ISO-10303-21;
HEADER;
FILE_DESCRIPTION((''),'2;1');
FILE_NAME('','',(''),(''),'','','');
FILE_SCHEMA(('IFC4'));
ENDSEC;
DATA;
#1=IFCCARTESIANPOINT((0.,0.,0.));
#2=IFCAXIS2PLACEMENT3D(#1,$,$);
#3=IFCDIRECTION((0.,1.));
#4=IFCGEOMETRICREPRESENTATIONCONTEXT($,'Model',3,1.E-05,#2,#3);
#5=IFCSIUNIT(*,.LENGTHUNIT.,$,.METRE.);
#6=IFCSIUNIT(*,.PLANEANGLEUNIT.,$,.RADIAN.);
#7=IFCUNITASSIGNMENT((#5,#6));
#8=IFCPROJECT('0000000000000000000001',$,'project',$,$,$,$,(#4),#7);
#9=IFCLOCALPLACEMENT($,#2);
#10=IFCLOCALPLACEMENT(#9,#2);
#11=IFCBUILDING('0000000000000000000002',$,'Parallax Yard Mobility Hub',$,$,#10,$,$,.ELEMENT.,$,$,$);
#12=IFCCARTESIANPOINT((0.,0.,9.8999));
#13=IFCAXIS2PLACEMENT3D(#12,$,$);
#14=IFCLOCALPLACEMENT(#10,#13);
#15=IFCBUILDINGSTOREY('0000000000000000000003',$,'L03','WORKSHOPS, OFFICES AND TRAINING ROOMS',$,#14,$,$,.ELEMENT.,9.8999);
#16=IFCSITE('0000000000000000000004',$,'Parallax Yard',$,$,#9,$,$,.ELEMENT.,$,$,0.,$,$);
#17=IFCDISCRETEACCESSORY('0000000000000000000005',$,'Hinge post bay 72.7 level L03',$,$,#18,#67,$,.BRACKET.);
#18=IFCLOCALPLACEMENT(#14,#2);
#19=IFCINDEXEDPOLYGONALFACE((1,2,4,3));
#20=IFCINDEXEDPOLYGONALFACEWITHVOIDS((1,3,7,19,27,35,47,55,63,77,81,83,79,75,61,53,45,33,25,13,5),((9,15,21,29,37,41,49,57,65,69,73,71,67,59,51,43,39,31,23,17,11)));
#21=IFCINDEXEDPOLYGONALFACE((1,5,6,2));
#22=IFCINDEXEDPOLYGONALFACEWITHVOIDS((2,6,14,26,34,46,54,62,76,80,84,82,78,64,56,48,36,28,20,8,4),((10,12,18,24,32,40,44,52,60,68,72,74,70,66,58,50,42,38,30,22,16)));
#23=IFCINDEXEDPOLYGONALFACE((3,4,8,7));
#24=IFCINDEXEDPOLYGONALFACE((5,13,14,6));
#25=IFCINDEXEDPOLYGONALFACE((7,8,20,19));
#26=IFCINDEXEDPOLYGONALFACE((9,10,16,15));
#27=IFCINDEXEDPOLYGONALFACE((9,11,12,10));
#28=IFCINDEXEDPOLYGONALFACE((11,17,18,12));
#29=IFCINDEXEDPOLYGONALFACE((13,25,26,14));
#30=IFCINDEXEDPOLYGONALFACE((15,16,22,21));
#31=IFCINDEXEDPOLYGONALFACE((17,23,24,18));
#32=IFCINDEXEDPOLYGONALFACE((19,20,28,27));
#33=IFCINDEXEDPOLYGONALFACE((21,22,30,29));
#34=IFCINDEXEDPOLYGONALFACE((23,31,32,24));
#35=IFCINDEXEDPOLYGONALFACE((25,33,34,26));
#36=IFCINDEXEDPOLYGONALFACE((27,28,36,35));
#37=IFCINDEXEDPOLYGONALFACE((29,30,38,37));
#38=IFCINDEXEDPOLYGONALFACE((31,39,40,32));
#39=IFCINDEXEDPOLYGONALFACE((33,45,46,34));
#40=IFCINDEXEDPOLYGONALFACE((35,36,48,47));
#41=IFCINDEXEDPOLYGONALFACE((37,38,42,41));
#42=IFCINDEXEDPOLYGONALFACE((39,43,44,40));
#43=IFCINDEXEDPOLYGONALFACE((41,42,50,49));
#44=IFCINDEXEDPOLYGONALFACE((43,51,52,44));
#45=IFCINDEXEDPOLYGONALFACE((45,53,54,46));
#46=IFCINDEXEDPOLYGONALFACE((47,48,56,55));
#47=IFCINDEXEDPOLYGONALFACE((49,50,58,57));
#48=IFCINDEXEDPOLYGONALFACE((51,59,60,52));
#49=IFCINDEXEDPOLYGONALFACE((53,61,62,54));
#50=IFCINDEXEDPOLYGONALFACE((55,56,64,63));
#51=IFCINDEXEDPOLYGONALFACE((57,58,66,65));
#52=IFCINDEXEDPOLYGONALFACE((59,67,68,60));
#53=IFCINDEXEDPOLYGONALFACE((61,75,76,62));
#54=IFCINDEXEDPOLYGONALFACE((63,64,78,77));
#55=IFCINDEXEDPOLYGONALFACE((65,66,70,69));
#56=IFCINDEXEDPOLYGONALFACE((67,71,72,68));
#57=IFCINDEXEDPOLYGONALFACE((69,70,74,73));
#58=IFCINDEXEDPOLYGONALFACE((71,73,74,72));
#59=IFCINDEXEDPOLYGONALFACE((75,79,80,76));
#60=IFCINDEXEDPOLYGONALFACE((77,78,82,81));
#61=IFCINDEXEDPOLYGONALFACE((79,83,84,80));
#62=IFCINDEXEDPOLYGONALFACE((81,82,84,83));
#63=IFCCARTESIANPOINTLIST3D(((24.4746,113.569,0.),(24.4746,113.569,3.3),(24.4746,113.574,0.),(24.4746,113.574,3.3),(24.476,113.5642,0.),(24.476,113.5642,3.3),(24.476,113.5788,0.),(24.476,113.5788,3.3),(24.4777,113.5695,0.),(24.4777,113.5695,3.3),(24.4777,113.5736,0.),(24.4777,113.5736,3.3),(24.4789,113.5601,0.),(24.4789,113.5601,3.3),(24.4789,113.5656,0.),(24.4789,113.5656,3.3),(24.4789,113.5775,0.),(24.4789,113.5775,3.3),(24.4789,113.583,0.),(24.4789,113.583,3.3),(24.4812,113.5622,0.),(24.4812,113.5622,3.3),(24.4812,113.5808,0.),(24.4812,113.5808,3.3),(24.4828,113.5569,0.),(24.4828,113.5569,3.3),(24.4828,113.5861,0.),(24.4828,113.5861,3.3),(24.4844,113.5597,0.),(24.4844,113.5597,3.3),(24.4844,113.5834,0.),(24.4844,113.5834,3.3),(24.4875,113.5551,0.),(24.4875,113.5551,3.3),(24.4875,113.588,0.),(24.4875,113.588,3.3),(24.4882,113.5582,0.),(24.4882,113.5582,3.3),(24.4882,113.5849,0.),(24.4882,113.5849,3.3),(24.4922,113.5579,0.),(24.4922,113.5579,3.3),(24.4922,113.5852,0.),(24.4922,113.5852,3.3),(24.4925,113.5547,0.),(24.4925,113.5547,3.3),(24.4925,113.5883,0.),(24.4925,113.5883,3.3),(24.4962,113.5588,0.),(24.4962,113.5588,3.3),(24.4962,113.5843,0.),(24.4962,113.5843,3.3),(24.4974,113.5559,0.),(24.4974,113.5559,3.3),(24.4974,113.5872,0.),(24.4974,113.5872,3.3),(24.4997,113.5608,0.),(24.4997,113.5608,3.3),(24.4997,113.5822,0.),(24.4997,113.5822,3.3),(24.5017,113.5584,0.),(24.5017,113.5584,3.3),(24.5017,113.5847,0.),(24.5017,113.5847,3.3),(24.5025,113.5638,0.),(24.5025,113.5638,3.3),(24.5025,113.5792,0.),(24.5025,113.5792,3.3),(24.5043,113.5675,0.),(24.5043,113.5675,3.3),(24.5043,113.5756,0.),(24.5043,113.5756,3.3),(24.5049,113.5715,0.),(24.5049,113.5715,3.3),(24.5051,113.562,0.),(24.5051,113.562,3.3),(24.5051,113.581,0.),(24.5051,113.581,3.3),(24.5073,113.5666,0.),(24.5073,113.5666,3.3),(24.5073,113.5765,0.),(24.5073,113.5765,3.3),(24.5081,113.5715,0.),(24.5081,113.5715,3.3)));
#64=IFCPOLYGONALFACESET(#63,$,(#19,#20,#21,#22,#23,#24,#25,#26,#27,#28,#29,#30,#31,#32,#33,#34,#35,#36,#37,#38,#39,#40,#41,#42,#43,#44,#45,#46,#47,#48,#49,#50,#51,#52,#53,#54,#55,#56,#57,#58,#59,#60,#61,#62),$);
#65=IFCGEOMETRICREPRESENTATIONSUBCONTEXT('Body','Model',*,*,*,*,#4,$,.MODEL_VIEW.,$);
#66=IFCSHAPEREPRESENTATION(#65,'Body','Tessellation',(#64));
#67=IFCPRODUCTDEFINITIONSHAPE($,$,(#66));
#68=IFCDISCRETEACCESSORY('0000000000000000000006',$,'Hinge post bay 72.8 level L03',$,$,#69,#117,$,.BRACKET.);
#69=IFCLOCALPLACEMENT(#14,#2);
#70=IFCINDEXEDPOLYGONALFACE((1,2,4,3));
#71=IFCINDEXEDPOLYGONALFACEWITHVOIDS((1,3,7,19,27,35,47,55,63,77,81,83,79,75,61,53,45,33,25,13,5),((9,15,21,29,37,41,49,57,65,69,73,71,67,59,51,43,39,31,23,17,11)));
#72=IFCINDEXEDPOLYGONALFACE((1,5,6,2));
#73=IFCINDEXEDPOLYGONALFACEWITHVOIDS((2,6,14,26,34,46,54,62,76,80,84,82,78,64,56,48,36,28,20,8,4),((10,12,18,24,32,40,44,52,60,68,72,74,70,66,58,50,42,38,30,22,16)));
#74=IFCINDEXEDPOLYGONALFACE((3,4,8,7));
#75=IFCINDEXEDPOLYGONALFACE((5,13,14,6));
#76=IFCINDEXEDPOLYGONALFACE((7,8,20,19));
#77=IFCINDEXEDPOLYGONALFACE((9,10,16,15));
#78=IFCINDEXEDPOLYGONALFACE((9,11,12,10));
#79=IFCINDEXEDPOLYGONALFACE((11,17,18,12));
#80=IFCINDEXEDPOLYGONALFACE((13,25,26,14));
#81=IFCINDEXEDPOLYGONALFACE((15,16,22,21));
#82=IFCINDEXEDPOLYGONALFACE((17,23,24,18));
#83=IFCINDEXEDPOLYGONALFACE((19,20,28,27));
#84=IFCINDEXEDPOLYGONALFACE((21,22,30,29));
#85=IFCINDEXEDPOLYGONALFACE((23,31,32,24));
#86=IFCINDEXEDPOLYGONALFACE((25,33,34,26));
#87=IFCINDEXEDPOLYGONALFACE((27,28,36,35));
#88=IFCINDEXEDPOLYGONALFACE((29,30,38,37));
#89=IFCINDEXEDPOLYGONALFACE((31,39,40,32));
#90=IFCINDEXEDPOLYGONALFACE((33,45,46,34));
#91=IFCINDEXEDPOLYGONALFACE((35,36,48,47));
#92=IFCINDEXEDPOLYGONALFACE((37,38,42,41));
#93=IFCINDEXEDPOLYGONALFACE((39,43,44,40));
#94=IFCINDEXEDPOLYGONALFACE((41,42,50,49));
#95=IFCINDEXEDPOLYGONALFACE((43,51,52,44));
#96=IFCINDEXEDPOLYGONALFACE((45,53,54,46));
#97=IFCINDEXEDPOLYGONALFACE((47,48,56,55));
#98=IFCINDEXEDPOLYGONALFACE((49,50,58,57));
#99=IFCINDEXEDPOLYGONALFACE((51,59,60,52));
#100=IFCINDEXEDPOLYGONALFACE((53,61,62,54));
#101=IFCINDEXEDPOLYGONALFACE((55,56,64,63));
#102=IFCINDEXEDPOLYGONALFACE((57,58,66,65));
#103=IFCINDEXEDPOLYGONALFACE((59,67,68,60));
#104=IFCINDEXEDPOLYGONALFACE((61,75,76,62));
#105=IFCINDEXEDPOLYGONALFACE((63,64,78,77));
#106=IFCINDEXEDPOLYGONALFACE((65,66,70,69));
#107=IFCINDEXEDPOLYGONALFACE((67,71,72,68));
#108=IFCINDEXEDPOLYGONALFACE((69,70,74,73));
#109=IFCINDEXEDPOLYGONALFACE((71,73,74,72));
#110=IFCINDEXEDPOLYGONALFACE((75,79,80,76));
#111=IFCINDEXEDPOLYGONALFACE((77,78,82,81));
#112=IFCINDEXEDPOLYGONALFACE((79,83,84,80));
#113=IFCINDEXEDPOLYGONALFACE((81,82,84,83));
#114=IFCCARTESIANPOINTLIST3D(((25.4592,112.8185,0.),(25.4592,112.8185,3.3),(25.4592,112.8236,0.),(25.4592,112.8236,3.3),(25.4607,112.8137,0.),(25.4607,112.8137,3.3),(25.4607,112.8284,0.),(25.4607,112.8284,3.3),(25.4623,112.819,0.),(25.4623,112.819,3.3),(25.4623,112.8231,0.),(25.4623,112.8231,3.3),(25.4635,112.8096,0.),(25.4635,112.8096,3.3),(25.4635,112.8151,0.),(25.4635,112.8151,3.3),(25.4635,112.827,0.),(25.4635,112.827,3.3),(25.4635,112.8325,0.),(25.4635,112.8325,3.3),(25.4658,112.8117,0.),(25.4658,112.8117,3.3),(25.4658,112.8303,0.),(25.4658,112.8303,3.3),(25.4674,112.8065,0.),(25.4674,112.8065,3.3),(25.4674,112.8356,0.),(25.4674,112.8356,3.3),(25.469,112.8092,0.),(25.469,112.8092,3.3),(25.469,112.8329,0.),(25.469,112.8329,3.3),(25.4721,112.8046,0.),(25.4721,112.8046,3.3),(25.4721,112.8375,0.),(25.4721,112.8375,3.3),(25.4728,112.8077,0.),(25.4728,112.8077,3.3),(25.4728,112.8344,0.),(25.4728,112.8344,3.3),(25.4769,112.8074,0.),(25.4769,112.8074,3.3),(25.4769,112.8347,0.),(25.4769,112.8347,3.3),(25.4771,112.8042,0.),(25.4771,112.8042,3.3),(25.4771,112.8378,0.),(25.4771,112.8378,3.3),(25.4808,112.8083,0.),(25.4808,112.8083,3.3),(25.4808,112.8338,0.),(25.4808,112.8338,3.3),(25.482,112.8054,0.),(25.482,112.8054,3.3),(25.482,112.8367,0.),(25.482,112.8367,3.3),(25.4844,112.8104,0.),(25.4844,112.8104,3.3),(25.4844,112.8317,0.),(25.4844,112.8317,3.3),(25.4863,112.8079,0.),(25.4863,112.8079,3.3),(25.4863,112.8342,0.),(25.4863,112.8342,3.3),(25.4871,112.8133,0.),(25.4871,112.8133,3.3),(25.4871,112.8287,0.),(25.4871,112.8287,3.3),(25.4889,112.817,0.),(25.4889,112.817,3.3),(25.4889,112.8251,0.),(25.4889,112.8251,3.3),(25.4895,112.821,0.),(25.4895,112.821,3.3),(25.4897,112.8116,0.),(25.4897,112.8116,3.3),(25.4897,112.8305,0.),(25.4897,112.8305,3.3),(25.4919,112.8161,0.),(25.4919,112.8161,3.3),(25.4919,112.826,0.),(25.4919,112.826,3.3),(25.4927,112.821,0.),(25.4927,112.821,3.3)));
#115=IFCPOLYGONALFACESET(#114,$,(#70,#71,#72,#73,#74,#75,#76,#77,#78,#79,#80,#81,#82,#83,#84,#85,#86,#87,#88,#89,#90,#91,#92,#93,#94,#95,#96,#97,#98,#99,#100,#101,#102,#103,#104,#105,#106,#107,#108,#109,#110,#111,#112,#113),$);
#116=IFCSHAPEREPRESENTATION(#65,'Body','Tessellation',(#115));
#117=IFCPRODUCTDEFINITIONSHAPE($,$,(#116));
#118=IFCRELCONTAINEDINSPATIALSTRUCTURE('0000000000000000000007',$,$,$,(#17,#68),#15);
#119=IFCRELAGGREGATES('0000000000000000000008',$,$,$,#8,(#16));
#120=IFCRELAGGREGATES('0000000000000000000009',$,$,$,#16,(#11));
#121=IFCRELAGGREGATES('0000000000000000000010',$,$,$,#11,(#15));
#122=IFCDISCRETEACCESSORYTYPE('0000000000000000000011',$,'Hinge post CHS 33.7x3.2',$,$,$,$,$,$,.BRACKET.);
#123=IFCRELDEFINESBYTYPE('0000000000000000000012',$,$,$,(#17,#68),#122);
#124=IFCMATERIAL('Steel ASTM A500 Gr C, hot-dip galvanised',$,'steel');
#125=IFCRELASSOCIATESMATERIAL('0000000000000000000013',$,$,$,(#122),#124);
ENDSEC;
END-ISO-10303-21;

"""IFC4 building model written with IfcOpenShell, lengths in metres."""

from ifc_helpers import new_model, si_unit, direction, frame, origin, origin_2d, place, context, subcontext, project, spatial, hollow_circle, extrude, material, material_profile, profile_set, type_object, element, save


model = new_model("IFC4")

# Units and contexts
model_context = context("Model", 3, precision=1e-05, world=origin(), true_north=direction((0.0, 1.0)))
body_context = subcontext(model_context, "Body", "Model", "MODEL_VIEW")
ifc_project = project(units=[si_unit("LENGTHUNIT", "METRE"), si_unit("PLANEANGLEUNIT", "RADIAN")], contexts=[model_context])

# Site, building, storey
site_placement = place(None, origin())
site = spatial("IfcSite", under=ifc_project, at=site_placement, Name="Parallax Yard", CompositionType="ELEMENT", RefElevation=0.0)
building_placement = place(site_placement, origin())
building = spatial("IfcBuilding", under=site, at=building_placement, Name="Parallax Yard Mobility Hub", CompositionType="ELEMENT")
storey_placement = place(building_placement, frame((0.0, 0.0, 9.8999)))
storey = spatial("IfcBuildingStorey", under=building, at=storey_placement, Name="L03", Description="WORKSHOPS, OFFICES AND TRAINING ROOMS", CompositionType="ELEMENT", Elevation=9.8999)

# Discrete accessories
ifc_material_1 = material(Name="Steel ASTM A500 Gr C, hot-dip galvanised", Category="steel")
ifc_material_profile_1 = material_profile(ifc_material_1, hollow_circle(Radius=0.0168, WallThickness=0.0032, at=origin_2d()), Name="CHS 33.7x3.2")
ifc_profile_set_1 = profile_set([ifc_material_profile_1], Name="Steel ASTM A500 Gr C, hot-dip galvanised")
discrete_accessory_type_1 = type_object("IfcDiscreteAccessoryType", Name="Hinge post CHS 33.7x3.2", PredefinedType="BRACKET", material=ifc_profile_set_1)
for number, where, z_axis, x_axis, name in (
    (1, (24.4912, 113.5715, 0.0), (0.0, 0.0, 1.0), (1.0, 0.0, 0.0), "Hinge post bay 72.7 level L03"),
    (2, (25.4758, 112.821, 0.0), (0.0, 0.0, 1.0), (1.0, 0.0, 0.0), "Hinge post bay 72.8 level L03"),
):
    element("IfcDiscreteAccessory", number, at=place(storey_placement, frame(where, z_axis=z_axis, x_axis=x_axis)), inside=storey, type_object=discrete_accessory_type_1, Name=name, PredefinedType="BRACKET", context=body_context, shape_type="SweptSolid", body=[
        extrude(hollow_circle(Radius=0.0168, WallThickness=0.0032, at=origin_2d()), origin(), (0.0, 0.0, 1.0), 3.3),
    ])

save(model, "model.ifc")
